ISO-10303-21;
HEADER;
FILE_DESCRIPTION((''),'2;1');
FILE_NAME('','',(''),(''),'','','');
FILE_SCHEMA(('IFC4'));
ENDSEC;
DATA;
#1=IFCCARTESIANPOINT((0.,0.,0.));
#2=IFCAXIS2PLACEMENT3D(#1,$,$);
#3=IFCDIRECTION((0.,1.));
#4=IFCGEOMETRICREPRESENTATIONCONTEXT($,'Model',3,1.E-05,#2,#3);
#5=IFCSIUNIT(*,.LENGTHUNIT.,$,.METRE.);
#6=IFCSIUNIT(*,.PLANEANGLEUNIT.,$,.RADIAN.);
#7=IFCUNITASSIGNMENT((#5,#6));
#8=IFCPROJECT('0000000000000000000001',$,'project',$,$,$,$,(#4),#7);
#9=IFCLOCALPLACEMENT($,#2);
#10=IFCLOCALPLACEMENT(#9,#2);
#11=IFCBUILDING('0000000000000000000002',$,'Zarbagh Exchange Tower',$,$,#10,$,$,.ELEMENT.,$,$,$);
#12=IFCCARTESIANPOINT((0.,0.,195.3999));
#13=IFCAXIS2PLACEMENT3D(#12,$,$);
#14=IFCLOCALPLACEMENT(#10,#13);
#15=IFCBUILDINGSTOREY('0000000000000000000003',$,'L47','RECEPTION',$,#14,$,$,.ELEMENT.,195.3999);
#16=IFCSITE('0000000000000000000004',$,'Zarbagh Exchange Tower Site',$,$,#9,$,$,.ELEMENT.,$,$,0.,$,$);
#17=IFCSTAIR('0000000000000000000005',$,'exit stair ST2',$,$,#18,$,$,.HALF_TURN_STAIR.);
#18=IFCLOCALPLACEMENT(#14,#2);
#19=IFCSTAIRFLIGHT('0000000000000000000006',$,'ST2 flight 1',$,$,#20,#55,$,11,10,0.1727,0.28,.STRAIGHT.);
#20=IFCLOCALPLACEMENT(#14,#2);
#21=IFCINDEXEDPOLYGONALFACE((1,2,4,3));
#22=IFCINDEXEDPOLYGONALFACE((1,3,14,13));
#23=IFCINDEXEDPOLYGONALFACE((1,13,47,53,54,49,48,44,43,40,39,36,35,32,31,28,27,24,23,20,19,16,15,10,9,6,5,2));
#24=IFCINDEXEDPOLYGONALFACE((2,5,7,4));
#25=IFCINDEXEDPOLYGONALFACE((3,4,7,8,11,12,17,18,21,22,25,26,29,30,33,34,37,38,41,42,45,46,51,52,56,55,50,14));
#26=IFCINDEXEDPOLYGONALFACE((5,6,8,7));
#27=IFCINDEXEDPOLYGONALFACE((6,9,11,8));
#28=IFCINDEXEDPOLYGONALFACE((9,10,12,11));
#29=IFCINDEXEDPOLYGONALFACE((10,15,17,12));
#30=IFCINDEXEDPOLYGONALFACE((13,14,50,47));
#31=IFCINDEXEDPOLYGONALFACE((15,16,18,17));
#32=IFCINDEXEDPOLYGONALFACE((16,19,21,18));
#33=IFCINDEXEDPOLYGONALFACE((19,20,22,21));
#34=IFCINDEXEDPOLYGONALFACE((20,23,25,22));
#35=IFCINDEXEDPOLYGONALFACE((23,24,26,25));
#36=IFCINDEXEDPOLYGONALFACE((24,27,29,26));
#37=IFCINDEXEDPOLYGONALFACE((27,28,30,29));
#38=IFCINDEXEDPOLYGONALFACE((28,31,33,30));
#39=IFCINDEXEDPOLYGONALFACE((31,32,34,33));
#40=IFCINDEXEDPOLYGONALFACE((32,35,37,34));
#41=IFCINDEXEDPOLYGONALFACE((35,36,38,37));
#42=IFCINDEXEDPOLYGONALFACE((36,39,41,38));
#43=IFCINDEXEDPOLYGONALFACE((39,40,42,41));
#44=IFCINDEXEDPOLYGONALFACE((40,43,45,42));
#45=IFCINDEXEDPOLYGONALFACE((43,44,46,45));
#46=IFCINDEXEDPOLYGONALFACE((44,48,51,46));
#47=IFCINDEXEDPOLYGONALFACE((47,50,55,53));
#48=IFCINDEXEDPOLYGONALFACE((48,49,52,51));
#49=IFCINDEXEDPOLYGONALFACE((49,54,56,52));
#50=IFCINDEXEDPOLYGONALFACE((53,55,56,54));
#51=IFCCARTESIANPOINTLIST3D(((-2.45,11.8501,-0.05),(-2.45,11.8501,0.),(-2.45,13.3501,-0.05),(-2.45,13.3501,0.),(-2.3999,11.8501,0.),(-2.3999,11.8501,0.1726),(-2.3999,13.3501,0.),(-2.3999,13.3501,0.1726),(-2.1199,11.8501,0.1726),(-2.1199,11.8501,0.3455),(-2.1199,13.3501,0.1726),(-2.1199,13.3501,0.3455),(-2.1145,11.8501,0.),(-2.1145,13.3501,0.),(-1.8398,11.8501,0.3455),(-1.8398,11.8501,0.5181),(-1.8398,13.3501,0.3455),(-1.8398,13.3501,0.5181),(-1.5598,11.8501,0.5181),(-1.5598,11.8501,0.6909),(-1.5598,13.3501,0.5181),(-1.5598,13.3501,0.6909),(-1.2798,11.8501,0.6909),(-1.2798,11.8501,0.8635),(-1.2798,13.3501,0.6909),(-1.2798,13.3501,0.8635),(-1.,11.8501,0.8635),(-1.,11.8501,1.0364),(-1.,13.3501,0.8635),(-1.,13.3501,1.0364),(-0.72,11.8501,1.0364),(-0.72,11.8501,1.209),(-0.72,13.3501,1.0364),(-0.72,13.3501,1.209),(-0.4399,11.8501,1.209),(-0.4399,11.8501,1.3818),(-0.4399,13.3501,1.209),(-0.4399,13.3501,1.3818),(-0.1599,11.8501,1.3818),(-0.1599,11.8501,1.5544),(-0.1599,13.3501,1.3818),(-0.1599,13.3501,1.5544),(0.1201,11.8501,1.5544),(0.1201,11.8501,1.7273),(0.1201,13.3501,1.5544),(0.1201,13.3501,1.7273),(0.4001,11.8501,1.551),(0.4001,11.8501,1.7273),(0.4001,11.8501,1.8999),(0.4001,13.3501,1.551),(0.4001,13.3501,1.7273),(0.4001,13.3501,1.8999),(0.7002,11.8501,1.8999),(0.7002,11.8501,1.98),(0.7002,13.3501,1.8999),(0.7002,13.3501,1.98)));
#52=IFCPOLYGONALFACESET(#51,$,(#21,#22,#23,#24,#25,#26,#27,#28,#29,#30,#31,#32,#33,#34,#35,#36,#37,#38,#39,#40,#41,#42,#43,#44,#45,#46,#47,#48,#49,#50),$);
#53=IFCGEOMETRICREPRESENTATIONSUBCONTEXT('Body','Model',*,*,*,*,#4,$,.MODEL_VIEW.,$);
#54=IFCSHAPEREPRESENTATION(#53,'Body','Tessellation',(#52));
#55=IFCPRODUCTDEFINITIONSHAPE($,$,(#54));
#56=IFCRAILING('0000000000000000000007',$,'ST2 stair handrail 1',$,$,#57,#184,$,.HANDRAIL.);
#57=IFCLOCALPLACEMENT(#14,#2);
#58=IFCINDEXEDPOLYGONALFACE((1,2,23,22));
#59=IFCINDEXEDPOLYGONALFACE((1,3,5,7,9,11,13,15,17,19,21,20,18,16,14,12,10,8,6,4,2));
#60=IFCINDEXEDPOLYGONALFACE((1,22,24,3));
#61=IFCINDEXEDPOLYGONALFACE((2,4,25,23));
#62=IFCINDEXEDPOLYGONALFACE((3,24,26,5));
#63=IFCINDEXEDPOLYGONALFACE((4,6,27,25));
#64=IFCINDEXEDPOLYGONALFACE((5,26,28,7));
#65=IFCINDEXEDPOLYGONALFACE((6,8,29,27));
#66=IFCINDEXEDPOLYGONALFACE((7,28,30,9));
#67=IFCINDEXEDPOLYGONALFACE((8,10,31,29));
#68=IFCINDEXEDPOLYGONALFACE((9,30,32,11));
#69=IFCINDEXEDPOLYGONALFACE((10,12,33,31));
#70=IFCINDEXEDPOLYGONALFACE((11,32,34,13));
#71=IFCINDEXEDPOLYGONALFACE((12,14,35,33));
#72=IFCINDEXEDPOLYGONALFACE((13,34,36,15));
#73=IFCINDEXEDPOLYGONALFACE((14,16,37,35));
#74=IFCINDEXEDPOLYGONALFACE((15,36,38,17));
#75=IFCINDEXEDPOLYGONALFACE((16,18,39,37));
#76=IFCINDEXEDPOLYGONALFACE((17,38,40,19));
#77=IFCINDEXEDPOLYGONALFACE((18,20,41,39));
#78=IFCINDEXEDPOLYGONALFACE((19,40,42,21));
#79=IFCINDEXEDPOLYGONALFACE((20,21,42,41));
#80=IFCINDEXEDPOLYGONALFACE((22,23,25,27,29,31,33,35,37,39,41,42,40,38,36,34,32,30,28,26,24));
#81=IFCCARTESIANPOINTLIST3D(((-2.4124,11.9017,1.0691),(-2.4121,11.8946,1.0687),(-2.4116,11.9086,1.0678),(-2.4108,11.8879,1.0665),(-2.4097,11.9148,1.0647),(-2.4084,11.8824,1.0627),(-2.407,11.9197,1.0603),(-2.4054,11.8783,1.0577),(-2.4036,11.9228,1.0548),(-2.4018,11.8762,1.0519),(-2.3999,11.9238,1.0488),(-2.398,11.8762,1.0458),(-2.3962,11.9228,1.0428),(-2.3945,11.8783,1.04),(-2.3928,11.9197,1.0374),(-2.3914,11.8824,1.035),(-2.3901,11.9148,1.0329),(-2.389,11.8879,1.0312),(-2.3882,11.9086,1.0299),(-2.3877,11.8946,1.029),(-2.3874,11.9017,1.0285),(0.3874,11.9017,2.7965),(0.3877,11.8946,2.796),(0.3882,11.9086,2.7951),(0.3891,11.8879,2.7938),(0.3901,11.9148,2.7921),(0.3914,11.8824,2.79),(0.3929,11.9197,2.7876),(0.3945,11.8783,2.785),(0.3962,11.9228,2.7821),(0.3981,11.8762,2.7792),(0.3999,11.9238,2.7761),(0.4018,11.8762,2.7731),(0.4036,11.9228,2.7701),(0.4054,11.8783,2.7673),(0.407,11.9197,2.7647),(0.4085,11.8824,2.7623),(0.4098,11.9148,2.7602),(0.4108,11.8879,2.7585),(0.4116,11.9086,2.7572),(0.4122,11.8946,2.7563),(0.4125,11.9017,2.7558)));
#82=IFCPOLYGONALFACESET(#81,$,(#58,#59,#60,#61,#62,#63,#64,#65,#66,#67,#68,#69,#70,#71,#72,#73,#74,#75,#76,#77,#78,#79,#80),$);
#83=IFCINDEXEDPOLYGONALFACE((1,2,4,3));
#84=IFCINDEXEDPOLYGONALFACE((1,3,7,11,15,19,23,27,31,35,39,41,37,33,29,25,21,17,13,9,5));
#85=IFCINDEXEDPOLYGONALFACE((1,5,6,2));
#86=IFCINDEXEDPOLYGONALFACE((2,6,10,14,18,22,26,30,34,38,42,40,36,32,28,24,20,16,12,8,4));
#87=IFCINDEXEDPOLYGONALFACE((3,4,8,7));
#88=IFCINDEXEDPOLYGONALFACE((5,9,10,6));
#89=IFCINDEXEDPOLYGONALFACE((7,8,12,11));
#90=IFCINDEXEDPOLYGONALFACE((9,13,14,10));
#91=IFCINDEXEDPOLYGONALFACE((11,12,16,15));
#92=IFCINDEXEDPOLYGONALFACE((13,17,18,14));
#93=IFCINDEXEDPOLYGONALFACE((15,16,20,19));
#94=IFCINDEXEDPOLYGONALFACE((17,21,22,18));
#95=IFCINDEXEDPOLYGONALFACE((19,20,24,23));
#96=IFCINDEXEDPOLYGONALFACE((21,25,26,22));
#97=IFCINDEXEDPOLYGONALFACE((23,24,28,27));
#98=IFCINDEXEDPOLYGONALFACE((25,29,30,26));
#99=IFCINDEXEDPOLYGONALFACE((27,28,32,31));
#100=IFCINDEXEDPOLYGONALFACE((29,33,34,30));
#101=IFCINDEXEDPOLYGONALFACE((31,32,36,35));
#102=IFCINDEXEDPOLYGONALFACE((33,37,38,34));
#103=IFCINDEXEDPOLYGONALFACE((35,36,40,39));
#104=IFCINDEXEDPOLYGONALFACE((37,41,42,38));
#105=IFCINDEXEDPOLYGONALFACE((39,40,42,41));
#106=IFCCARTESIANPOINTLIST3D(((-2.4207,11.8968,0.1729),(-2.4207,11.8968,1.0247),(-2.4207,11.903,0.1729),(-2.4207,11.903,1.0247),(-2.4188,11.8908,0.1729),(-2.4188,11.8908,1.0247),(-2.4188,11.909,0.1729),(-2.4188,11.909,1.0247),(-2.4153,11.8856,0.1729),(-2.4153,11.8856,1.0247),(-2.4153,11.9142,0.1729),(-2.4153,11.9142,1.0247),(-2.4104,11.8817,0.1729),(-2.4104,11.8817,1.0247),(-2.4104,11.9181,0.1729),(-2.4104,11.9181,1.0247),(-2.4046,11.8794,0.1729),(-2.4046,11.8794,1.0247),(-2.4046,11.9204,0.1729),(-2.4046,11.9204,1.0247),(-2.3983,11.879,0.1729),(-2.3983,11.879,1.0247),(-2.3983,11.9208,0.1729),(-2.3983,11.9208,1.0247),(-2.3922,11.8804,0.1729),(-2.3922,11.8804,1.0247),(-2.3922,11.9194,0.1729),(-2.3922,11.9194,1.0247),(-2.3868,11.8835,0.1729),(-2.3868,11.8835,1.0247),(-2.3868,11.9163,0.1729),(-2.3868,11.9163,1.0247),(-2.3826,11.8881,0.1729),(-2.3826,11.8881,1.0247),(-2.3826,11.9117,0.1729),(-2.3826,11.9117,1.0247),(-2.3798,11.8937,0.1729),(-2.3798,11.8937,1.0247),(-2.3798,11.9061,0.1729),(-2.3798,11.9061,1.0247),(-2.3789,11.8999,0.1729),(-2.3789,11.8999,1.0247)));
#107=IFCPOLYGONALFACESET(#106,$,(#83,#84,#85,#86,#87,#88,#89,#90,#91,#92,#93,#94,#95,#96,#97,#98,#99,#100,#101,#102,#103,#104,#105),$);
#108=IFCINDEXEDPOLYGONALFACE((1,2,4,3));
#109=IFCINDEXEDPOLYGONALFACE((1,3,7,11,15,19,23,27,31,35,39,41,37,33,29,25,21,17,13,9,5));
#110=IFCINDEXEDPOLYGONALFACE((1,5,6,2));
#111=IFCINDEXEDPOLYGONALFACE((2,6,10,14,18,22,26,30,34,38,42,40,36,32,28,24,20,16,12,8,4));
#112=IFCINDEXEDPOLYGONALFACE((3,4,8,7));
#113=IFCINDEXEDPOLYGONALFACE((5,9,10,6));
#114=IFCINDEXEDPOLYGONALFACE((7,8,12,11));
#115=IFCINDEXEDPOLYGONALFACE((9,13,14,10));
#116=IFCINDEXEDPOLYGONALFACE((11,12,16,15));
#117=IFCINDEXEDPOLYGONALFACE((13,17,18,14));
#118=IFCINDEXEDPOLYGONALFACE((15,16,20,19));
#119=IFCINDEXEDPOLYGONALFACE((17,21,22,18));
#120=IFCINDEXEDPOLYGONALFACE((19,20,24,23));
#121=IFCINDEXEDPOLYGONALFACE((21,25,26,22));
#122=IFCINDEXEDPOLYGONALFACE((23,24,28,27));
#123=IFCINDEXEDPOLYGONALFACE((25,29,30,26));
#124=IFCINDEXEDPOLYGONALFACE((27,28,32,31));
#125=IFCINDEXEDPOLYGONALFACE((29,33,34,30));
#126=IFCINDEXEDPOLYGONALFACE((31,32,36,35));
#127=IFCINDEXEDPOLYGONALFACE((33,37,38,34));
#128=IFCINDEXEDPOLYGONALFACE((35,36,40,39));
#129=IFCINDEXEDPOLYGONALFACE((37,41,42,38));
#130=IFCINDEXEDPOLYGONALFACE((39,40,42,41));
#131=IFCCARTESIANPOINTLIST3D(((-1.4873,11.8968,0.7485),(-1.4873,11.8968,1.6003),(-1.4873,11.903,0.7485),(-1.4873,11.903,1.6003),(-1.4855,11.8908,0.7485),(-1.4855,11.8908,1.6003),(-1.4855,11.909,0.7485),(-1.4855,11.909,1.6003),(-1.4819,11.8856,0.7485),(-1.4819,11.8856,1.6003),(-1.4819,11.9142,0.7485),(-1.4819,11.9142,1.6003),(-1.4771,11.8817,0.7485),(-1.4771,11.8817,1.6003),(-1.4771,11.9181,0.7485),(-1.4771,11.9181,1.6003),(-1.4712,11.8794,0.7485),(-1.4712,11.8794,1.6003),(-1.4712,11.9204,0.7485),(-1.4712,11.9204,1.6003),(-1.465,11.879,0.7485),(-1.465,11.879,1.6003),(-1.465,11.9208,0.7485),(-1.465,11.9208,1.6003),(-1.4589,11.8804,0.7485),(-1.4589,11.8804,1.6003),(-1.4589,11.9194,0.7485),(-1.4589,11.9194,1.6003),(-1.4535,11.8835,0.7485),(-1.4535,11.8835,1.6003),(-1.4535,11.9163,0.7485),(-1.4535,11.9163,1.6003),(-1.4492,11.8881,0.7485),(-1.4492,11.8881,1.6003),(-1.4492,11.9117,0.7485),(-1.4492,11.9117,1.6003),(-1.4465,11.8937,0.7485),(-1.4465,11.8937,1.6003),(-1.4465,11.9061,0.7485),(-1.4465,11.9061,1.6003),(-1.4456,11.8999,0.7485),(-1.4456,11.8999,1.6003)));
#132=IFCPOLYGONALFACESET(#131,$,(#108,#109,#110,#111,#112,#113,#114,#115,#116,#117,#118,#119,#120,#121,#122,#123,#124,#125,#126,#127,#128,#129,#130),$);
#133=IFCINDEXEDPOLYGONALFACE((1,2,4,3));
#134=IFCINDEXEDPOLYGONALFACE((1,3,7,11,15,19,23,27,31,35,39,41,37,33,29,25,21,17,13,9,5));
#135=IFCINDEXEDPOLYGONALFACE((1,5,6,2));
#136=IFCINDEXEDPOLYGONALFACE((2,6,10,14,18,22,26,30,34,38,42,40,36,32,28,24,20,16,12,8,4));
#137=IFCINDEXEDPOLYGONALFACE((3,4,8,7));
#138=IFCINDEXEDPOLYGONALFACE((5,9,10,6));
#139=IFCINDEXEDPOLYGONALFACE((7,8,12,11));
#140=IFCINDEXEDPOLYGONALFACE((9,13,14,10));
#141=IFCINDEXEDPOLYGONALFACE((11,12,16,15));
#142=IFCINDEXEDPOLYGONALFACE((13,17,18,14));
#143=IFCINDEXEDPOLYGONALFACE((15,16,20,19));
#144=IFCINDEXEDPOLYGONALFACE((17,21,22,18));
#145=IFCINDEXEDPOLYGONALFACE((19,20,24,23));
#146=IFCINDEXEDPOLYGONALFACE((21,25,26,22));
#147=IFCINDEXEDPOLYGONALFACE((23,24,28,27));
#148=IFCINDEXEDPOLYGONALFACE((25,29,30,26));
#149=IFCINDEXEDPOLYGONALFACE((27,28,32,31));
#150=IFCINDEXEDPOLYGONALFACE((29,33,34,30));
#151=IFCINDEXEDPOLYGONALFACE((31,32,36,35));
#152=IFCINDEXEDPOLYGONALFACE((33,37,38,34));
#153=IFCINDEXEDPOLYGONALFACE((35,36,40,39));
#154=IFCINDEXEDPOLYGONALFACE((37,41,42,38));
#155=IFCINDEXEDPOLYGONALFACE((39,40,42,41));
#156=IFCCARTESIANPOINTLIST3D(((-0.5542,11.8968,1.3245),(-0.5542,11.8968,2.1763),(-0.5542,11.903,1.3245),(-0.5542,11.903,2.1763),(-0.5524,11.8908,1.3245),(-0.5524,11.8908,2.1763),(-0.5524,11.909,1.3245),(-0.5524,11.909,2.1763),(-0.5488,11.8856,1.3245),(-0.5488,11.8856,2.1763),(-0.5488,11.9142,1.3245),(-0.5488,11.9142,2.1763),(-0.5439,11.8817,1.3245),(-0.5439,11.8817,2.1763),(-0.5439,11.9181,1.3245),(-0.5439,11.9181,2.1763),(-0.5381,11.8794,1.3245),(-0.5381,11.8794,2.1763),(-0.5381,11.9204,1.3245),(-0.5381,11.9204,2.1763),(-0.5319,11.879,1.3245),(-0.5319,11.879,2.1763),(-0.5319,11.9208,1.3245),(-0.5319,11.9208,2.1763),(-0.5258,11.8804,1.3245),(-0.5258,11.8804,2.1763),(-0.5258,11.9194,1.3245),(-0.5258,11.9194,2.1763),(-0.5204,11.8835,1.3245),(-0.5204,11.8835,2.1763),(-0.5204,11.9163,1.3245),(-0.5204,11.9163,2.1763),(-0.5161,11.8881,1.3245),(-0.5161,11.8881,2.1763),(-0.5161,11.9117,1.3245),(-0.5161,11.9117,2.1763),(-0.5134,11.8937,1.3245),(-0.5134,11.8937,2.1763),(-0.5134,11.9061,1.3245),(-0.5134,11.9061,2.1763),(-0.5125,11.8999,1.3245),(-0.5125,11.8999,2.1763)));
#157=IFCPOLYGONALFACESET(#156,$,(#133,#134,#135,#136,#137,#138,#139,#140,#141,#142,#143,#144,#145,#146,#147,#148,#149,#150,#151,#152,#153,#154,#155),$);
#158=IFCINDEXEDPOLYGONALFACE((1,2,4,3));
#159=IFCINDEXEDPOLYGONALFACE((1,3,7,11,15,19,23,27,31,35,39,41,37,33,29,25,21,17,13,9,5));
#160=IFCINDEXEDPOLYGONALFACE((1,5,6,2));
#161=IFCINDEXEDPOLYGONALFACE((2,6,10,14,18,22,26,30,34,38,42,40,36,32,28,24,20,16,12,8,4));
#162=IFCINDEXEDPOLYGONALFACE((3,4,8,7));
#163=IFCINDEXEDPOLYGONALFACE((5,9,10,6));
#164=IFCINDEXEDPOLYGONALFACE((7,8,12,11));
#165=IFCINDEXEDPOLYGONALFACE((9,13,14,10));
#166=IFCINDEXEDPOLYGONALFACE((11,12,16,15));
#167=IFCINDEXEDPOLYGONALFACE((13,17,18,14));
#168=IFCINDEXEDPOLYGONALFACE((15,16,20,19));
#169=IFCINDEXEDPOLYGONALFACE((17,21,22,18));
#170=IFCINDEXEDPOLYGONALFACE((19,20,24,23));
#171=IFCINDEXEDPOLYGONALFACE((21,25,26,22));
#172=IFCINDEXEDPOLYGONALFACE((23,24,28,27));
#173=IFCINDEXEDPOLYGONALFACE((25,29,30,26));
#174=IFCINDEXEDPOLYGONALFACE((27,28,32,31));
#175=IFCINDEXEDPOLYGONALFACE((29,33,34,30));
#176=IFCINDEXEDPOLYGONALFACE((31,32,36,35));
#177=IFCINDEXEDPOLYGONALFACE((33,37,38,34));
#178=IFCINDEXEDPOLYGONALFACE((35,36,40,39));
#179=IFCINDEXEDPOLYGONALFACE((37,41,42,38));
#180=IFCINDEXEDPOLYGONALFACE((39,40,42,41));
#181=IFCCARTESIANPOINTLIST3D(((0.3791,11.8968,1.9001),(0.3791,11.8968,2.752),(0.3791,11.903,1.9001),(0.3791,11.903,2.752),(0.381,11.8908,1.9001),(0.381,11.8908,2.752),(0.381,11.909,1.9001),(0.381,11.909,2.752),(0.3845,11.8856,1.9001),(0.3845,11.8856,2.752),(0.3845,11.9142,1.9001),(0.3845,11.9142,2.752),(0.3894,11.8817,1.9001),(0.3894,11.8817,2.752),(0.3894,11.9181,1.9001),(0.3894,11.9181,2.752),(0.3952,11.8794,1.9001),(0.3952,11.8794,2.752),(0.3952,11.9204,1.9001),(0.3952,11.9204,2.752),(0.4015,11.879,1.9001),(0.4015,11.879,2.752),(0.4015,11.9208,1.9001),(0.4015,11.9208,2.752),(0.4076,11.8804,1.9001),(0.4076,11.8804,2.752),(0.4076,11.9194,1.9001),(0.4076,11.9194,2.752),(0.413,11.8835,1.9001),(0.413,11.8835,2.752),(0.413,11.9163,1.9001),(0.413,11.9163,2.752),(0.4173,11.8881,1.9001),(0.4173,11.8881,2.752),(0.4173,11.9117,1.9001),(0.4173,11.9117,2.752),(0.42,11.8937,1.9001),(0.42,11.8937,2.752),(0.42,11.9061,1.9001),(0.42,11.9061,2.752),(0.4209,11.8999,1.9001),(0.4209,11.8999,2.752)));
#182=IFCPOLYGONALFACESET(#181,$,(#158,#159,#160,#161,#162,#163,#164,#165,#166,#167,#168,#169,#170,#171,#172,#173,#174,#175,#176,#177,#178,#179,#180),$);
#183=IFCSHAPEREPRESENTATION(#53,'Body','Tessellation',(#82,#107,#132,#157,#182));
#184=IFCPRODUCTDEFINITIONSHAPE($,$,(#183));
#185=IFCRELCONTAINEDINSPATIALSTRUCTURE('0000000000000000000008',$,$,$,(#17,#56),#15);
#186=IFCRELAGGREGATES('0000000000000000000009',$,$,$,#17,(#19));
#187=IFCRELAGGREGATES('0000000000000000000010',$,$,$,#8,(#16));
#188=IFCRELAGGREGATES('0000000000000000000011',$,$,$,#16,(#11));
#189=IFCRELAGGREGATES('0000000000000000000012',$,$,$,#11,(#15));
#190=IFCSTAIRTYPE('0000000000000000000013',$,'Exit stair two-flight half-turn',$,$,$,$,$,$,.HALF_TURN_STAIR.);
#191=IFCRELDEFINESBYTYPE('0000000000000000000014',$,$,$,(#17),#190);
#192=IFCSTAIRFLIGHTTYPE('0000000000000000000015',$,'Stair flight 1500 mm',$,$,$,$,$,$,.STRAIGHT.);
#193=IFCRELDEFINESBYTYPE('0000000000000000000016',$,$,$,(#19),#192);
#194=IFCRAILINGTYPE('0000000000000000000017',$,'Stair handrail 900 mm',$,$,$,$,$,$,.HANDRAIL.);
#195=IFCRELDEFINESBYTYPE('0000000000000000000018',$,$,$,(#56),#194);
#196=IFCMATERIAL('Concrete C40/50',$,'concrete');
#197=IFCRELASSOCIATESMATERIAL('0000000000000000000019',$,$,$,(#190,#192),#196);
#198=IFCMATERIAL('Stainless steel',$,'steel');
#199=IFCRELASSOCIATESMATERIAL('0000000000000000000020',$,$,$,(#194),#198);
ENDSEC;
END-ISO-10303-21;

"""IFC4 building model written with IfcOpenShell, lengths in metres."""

from ifc_helpers import new_model, si_unit, direction, frame, origin, origin_2d, place, context, subcontext, project, spatial, polyline, circle, outline, extrude, material, type_object, element, aggregate, save


model = new_model("IFC4")

# Units and contexts
model_context = context("Model", 3, precision=1e-05, world=origin(), true_north=direction((0.0, 1.0)))
body_context = subcontext(model_context, "Body", "Model", "MODEL_VIEW")
ifc_project = project(units=[si_unit("LENGTHUNIT", "METRE"), si_unit("PLANEANGLEUNIT", "RADIAN")], contexts=[model_context])

# Site, building, storey
site_placement = place(None, origin())
site = spatial("IfcSite", under=ifc_project, at=site_placement, Name="Zarbagh Exchange Tower Site", CompositionType="ELEMENT", RefElevation=0.0)
building_placement = place(site_placement, origin())
building = spatial("IfcBuilding", under=site, at=building_placement, Name="Zarbagh Exchange Tower", CompositionType="ELEMENT")
storey_placement = place(building_placement, frame((0.0, 0.0, 195.3999)))
storey = spatial("IfcBuildingStorey", under=building, at=storey_placement, Name="L47", Description="RECEPTION", CompositionType="ELEMENT", Elevation=195.3999)

# Shared definitions
ifc_material_1 = material(Name="Concrete C40/50", Category="concrete")

# Stair, stair flight
stair_type = type_object("IfcStairType", Name="Exit stair two-flight half-turn", PredefinedType="HALF_TURN_STAIR", material=ifc_material_1)
stair_placement = place(storey_placement, origin())
stair = element("IfcStair", 1, at=stair_placement, inside=storey, type_object=stair_type, Name="exit stair ST2", PredefinedType="HALF_TURN_STAIR")
stair_flight_type = type_object("IfcStairFlightType", Name="Stair flight 1500 mm", PredefinedType="STRAIGHT", material=ifc_material_1)
stair_flight_placement = place(storey_placement, frame((-2.3999, 12.6001, 0.0), z_axis=(0.0, 0.0, 1.0), x_axis=(1.0, 0.0, 0.0)))
stair_flight = element("IfcStairFlight", 2, at=stair_flight_placement, type_object=stair_flight_type, Name="ST2 flight 1", NumberOfRisers=11, NumberOfTreads=10, PredefinedType="STRAIGHT", RiserHeight=0.1727, TreadLength=0.28, context=body_context, shape_type="SweptSolid", body=[
    extrude(outline(polyline([(-0.05, -0.05), (-0.05, 0.0), (0.0, 0.0), (0.0, 0.1726), (0.28, 0.1726), (0.28, 0.3455), (0.5601, 0.3455), (0.5601, 0.5181), (0.8401, 0.5181), (0.8401, 0.6909), (1.1201, 0.6909), (1.1201, 0.8635), (1.3999, 0.8635), (1.3999, 1.0364), (1.6799, 1.0364), (1.6799, 1.209), (1.96, 1.209), (1.96, 1.3818), (2.24, 1.3818), (2.24, 1.5544), (2.52, 1.5544), (2.52, 1.7273), (2.8, 1.7273), (2.8, 1.8999), (3.1001, 1.98), (3.1001, 1.8999), (2.8, 1.551), (0.2854, 0.0), (-0.05, -0.05)])), frame((0.0, 0.75, 0.0), z_axis=(0.0, -1.0, 0.0), x_axis=(1.0, 0.0, 0.0)), (0.0, 0.0, 1.0), 1.5),
])
aggregate(stair, [stair_flight])

# Railing
ifc_material_2 = material(Name="Stainless steel", Category="steel")
railing_type_1 = type_object("IfcRailingType", Name="Stair handrail 900 mm", PredefinedType="HANDRAIL", material=ifc_material_2)
railing_1_placement = place(storey_placement, frame((-2.3999, 11.8999, 0.1729)))
element("IfcRailing", 3, at=railing_1_placement, inside=storey, type_object=railing_type_1, Name="ST2 stair handrail 1", PredefinedType="HANDRAIL", context=body_context, shape_type="SweptSolid", body=[
    extrude(circle(Radius=0.0239, at=origin_2d()), frame((0.0, 0.0, 0.876), z_axis=(0.851069, 0.0, 0.525054), x_axis=(0.0, 1.0, 0.0)), (0.0, 0.0, 1.0), 3.2898),
    extrude(circle(Radius=0.021, at=origin_2d()), origin(), (0.0, 0.0, 1.0), 0.8518),
    extrude(circle(Radius=0.021, at=origin_2d()), frame((0.9333, 0.0, 0.5757)), (0.0, 0.0, 1.0), 0.8518),
    extrude(circle(Radius=0.021, at=origin_2d()), frame((1.8665, 0.0, 1.1516)), (0.0, 0.0, 1.0), 0.8518),
    extrude(circle(Radius=0.021, at=origin_2d()), frame((2.7998, 0.0, 1.7273)), (0.0, 0.0, 1.0), 0.8518),
])

save(model, "model.ifc")
